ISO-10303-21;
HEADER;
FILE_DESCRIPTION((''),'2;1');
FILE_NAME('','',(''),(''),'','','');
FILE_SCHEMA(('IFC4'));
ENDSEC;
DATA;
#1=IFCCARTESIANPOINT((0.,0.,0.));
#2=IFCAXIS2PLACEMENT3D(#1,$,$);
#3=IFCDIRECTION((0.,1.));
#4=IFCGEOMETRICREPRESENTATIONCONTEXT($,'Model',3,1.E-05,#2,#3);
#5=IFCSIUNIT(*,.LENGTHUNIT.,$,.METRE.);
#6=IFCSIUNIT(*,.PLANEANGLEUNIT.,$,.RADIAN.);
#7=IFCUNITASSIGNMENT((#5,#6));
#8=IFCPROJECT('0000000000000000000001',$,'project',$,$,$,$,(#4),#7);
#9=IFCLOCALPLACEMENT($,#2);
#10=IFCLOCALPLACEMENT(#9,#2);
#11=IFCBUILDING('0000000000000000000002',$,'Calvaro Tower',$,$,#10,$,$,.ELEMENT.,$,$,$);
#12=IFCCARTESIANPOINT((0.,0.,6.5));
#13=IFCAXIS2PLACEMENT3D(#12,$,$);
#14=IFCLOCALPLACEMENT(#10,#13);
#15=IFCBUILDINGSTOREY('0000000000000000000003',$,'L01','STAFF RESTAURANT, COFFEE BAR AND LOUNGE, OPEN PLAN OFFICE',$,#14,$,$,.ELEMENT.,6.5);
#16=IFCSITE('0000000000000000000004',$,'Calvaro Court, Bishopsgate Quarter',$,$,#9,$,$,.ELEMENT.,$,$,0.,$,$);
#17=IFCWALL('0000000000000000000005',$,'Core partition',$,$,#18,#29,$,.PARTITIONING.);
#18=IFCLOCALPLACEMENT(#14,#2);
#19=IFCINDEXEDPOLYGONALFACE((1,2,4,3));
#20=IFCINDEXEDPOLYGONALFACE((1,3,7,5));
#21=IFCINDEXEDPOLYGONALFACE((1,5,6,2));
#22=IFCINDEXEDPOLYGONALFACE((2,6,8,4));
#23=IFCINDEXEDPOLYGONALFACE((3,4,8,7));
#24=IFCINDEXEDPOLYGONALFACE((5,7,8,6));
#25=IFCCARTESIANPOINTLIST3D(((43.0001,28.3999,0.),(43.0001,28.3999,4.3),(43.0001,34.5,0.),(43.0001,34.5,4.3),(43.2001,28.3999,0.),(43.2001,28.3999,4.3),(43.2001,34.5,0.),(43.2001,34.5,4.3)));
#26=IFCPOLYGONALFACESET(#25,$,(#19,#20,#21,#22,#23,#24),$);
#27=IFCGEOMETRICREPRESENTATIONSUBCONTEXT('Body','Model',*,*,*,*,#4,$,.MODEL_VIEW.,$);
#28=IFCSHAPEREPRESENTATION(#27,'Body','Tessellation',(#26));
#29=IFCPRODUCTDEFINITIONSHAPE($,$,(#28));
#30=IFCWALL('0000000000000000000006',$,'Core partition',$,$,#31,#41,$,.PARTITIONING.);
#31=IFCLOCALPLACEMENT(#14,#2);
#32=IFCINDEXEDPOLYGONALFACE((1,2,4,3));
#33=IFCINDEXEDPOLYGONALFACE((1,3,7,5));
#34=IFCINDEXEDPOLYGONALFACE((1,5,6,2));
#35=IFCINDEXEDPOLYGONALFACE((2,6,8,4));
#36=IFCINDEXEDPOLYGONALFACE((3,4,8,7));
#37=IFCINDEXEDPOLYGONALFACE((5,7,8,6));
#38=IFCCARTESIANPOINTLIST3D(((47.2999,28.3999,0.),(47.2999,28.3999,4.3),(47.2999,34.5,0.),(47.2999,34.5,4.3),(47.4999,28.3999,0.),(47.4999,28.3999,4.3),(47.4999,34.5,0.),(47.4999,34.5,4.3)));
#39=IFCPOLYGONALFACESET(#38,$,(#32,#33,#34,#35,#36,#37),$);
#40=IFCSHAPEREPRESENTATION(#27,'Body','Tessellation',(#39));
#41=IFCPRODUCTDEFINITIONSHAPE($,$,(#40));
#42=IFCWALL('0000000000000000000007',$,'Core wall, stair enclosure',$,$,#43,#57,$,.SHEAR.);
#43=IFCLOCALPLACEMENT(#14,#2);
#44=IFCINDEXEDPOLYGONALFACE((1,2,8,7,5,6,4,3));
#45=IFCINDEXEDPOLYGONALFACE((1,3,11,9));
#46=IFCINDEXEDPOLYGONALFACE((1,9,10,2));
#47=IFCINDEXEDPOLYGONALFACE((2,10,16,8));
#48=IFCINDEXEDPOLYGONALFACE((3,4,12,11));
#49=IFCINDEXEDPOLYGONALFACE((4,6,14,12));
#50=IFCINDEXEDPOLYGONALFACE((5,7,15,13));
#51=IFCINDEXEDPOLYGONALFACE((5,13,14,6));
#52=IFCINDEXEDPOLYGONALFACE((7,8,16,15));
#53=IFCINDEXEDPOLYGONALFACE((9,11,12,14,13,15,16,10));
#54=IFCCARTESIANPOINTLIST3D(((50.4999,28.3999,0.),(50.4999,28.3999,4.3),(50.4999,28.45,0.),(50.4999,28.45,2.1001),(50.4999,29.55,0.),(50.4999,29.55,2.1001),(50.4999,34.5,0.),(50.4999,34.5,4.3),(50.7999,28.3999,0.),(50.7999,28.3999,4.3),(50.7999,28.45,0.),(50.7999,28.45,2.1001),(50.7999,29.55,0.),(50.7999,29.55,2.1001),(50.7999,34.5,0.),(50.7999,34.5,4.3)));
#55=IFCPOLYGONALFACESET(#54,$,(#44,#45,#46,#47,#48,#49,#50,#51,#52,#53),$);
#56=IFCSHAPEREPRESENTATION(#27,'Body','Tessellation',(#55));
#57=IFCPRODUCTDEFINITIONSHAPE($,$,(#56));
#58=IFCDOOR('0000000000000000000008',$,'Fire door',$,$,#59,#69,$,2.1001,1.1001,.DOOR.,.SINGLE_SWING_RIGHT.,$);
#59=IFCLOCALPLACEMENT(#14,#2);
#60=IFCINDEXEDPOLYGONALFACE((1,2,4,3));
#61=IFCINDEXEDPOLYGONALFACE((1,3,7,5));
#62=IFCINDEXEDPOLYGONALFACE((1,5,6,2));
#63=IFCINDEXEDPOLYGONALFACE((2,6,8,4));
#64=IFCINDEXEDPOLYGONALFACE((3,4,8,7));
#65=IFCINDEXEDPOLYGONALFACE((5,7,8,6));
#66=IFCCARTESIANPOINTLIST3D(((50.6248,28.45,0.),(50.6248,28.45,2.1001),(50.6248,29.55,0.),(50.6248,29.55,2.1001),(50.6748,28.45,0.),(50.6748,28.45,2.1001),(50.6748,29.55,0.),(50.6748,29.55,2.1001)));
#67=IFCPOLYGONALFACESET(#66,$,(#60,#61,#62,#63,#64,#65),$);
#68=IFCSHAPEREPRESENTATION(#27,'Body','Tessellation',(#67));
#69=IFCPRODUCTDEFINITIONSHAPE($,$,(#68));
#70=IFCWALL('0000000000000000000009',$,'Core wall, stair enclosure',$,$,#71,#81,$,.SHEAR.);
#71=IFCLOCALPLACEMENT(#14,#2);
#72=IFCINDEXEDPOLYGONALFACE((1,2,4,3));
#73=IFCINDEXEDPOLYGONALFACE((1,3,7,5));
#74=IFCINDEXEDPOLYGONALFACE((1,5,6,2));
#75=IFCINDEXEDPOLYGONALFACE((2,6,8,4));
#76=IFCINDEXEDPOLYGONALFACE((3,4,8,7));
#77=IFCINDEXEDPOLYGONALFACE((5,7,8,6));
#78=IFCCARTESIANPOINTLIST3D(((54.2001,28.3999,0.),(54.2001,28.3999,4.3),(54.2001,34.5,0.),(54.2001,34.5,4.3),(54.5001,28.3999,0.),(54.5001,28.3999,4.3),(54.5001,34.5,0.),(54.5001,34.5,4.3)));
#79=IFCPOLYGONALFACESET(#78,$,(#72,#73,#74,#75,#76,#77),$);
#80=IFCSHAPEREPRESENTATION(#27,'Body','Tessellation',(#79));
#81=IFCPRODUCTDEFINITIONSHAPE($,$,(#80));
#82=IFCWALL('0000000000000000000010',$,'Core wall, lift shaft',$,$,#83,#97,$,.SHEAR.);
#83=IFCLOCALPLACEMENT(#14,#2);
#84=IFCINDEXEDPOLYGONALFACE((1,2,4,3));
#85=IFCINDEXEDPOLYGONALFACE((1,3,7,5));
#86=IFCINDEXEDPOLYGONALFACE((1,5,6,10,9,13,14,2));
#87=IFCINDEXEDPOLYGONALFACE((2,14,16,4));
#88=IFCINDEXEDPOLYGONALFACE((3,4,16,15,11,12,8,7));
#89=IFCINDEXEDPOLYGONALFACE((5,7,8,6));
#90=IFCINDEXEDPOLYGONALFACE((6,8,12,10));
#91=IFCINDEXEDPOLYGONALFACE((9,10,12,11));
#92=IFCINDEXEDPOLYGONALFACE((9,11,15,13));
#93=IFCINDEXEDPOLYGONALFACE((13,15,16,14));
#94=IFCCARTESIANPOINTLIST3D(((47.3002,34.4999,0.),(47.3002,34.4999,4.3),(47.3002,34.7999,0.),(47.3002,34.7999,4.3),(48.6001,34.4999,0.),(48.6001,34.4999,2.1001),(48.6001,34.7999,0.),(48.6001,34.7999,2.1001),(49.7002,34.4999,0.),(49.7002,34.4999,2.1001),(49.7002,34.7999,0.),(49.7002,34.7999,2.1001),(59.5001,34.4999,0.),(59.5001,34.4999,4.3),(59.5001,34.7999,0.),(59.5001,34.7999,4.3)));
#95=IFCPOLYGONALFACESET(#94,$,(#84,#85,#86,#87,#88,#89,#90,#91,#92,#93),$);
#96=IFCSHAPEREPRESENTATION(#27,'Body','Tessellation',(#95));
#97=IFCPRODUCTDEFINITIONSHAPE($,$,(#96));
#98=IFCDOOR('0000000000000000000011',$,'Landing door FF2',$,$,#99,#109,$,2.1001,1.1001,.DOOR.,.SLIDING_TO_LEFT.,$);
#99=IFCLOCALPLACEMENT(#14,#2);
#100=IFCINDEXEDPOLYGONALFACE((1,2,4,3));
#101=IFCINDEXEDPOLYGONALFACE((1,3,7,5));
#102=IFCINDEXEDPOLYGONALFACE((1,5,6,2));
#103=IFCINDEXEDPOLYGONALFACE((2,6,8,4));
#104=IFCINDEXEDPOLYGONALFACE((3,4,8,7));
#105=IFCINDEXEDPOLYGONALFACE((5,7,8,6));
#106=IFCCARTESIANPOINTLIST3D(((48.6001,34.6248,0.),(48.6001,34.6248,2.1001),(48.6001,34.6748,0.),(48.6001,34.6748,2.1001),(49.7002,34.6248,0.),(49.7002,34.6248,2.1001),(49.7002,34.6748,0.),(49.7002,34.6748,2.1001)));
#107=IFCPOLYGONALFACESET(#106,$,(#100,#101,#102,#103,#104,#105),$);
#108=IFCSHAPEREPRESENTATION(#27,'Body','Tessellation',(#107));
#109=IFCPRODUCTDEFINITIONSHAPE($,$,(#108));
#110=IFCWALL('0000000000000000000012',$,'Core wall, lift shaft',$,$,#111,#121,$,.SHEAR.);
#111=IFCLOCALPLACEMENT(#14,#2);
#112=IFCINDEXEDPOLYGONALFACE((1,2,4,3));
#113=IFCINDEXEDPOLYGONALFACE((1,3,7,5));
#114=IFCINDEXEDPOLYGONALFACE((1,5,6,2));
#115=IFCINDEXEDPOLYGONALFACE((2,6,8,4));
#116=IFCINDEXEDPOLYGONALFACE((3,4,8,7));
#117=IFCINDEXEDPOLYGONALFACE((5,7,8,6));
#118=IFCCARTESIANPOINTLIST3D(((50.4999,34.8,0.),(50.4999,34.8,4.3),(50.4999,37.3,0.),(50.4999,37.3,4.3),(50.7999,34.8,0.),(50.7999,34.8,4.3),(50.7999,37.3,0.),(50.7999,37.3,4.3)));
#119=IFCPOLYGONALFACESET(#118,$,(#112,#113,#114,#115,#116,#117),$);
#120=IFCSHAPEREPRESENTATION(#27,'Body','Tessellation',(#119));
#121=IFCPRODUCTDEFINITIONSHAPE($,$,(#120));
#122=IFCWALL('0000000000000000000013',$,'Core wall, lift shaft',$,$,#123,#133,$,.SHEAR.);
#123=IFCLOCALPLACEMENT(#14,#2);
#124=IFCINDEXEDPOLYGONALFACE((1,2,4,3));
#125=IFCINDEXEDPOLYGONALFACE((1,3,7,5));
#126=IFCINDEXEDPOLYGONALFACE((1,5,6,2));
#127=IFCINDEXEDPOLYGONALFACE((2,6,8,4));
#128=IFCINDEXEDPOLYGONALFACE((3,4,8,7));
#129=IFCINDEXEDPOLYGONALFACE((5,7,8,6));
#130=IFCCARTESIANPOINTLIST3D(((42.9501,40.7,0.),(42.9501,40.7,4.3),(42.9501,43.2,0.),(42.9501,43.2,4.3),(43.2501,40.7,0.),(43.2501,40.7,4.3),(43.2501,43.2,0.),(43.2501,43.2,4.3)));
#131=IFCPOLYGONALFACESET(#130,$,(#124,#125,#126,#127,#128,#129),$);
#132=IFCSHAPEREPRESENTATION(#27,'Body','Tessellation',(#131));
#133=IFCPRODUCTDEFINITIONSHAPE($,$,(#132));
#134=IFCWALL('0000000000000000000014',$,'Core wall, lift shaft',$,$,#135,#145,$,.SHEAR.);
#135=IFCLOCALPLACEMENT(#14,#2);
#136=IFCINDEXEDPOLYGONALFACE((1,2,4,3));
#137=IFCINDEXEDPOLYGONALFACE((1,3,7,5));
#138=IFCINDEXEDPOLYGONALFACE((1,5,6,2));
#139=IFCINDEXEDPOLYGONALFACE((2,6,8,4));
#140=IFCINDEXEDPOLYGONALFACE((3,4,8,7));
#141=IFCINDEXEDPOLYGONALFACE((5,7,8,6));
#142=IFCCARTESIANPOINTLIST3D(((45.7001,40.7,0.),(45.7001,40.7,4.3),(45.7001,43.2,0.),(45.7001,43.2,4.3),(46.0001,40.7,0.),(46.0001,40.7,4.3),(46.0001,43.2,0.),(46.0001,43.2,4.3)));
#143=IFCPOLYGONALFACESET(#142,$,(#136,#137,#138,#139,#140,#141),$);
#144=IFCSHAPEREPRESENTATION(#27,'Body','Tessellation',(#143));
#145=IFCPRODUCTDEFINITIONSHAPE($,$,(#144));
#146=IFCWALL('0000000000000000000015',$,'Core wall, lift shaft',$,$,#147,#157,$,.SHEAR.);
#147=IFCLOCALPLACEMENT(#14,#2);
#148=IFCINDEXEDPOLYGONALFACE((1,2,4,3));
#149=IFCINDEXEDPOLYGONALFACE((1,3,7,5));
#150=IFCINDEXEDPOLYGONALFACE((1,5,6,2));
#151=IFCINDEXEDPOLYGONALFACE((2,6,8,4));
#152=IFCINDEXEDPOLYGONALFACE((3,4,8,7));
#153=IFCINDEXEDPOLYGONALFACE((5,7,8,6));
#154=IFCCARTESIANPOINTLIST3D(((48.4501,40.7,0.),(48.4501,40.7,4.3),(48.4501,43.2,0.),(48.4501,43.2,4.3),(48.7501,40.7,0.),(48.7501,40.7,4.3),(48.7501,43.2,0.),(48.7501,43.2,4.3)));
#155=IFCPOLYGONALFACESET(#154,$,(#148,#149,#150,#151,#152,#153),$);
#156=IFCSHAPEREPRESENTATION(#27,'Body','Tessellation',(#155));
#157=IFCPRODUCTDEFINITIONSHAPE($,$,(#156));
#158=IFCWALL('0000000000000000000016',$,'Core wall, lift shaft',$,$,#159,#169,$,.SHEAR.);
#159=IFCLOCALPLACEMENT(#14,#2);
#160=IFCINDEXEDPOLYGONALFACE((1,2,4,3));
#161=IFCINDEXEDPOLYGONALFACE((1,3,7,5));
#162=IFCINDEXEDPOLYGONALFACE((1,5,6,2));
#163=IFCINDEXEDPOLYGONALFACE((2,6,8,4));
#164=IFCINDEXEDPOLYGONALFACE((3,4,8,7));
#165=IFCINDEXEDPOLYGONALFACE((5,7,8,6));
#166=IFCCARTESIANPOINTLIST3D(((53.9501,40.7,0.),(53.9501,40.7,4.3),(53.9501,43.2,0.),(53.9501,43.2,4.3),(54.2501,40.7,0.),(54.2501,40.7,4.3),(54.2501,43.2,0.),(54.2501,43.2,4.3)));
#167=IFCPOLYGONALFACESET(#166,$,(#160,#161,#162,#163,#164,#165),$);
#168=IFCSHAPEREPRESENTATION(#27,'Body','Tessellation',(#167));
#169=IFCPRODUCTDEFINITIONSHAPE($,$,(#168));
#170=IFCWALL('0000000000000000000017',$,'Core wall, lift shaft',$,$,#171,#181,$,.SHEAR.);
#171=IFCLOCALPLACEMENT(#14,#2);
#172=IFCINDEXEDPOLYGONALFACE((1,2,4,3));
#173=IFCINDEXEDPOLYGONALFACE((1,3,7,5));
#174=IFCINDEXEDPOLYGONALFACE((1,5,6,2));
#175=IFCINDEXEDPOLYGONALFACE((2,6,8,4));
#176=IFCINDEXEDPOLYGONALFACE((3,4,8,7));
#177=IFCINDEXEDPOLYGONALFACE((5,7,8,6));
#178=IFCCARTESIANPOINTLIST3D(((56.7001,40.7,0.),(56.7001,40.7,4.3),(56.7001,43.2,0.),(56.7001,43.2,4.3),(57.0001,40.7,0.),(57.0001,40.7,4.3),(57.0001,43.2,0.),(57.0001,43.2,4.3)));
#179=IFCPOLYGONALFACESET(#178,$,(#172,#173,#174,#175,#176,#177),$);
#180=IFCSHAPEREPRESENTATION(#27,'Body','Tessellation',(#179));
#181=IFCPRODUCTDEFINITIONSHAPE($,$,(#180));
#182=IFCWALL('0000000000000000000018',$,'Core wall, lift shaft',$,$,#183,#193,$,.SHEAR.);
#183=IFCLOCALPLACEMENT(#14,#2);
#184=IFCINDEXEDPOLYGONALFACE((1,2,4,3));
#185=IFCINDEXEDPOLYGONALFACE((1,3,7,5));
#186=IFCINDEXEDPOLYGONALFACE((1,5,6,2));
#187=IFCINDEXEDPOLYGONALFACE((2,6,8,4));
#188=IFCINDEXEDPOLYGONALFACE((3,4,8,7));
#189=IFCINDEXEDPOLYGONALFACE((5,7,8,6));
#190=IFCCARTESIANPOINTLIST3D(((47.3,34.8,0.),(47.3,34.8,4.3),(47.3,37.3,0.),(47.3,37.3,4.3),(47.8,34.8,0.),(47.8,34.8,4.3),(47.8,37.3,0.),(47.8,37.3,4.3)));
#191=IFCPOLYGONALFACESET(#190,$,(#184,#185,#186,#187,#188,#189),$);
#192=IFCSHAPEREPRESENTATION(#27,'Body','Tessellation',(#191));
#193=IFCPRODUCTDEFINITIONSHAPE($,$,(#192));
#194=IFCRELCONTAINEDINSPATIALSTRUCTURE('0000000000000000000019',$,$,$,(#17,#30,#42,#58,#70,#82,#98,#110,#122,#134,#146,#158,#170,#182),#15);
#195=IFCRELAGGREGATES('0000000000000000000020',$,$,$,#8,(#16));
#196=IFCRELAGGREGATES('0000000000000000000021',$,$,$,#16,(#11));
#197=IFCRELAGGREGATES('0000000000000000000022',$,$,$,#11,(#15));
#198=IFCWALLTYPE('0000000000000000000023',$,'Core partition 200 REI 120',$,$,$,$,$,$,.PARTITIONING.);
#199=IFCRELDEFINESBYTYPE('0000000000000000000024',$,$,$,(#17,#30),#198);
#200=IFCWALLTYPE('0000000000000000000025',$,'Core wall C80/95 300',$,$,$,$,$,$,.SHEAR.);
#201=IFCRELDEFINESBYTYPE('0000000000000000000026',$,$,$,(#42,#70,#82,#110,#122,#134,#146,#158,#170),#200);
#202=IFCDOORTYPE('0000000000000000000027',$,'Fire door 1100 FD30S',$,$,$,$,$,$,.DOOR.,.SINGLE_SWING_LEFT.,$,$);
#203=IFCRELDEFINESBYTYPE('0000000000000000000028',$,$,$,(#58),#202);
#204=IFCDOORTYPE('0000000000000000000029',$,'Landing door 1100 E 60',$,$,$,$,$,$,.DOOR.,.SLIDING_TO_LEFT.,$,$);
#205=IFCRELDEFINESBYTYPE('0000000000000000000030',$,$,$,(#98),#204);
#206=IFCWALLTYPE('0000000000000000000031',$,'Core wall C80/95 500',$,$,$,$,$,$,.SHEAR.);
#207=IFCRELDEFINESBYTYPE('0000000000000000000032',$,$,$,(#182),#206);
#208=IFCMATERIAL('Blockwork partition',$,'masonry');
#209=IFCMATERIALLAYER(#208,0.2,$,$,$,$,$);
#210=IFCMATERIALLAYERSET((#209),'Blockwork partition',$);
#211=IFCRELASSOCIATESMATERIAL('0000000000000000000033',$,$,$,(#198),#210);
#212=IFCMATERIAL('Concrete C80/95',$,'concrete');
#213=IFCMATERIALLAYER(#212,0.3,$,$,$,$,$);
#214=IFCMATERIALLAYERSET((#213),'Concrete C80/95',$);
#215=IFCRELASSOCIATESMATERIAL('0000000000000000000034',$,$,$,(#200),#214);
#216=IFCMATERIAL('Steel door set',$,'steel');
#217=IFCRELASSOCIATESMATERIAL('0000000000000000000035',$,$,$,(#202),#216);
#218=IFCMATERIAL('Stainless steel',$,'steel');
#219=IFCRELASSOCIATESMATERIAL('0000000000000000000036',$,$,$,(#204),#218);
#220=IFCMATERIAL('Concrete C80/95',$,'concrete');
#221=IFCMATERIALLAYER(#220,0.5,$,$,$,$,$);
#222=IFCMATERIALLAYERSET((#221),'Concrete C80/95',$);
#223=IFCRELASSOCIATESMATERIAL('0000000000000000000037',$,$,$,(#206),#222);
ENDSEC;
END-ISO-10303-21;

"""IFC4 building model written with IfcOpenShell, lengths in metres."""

from ifc_helpers import new_model, si_unit, direction, frame, frame_2d, origin, place, context, subcontext, project, spatial, rectangle, extrude, material, layer, layer_set, type_object, element, fill, save


model = new_model("IFC4")

# Units and contexts
model_context = context("Model", 3, precision=1e-05, world=origin(), true_north=direction((0.0, 1.0)))
body_context = subcontext(model_context, "Body", "Model", "MODEL_VIEW")
ifc_project = project(units=[si_unit("LENGTHUNIT", "METRE"), si_unit("PLANEANGLEUNIT", "RADIAN")], contexts=[model_context])

# Site, building, storey
site_placement = place(None, origin())
site = spatial("IfcSite", under=ifc_project, at=site_placement, Name="Calvaro Court, Bishopsgate Quarter", CompositionType="ELEMENT", RefElevation=0.0)
building_placement = place(site_placement, origin())
building = spatial("IfcBuilding", under=site, at=building_placement, Name="Calvaro Tower", CompositionType="ELEMENT")
storey_placement = place(building_placement, frame((0.0, 0.0, 6.5)))
storey = spatial("IfcBuildingStorey", under=building, at=storey_placement, Name="L01", Description="STAFF RESTAURANT, COFFEE BAR AND LOUNGE, OPEN PLAN OFFICE", CompositionType="ELEMENT", Elevation=6.5)

# Walls
ifc_material_1 = material(Name="Blockwork partition", Category="masonry")
ifc_layer_1 = layer(ifc_material_1, 0.2)
ifc_layer_set_1 = layer_set([ifc_layer_1], Name="Blockwork partition")
wall_type_1 = type_object("IfcWallType", Name="Core partition 200 REI 120", PredefinedType="PARTITIONING", material=ifc_layer_set_1)
for number, where, z_axis, x_axis, name in (
    (1, (43.1001, 28.3999, 0.0), (0.0, 0.0, 1.0), (0.0, 1.0, 0.0), "Core partition"),
    (2, (47.3999, 28.3999, 0.0), (0.0, 0.0, 1.0), (0.0, 1.0, 0.0), "Core partition"),
):
    element("IfcWall", number, at=place(storey_placement, frame(where, z_axis=z_axis, x_axis=x_axis)), inside=storey, type_object=wall_type_1, Name=name, PredefinedType="PARTITIONING", context=body_context, shape_type="SweptSolid", body=[
        extrude(rectangle(XDim=6.1001, YDim=0.2, at=frame_2d((3.05, 0.0))), origin(), (0.0, 0.0, 1.0), 4.3),
    ])

# Wall, opening, door
ifc_material_2 = material(Name="Concrete C80/95", Category="concrete")
ifc_layer_2 = layer(ifc_material_2, 0.3)
ifc_layer_set_2 = layer_set([ifc_layer_2], Name="Concrete C80/95")
wall_type_2 = type_object("IfcWallType", Name="Core wall C80/95 300", PredefinedType="SHEAR", material=ifc_layer_set_2)
wall_1_placement = place(storey_placement, frame((50.6499, 34.5, 0.0), z_axis=(0.0, 0.0, 1.0), x_axis=(0.0, -1.0, 0.0)))
wall_1 = element("IfcWall", 3, at=wall_1_placement, inside=storey, type_object=wall_type_2, Name="Core wall, stair enclosure", PredefinedType="SHEAR", context=body_context, shape_type="SweptSolid", body=[
    extrude(rectangle(XDim=6.1001, YDim=0.3, at=frame_2d((3.05, 0.0))), origin(), (0.0, 0.0, 1.0), 4.3),
])
opening_1_placement = place(wall_1_placement, frame((4.95, 0.0, 0.0)))
opening_1 = element("IfcOpeningElement", 4, at=opening_1_placement, cuts=wall_1, PredefinedType="OPENING", context=body_context, shape_type="SweptSolid", body=[
    extrude(rectangle(XDim=1.1001, YDim=2.1001, at=frame_2d((0.55, 1.05))), frame((0.0, 0.1599, 0.0), z_axis=(0.0, -1.0, 0.0), x_axis=(1.0, 0.0, 0.0)), (0.0, 0.0, 1.0), 0.3201),
])
ifc_material_3 = material(Name="Steel door set", Category="steel")
door_type_1 = type_object("IfcDoorType", Name="Fire door 1100 FD30S", OperationType="SINGLE_SWING_LEFT", PredefinedType="DOOR", material=ifc_material_3)
door_1_placement = place(opening_1_placement, origin())
door_1 = element("IfcDoor", 5, at=door_1_placement, inside=storey, type_object=door_type_1, Name="Fire door", OperationType="SINGLE_SWING_RIGHT", OverallHeight=2.1001, OverallWidth=1.1001, PredefinedType="DOOR", context=body_context, shape_type="SweptSolid", body=[
    extrude(rectangle(XDim=1.1001, YDim=2.1001, at=frame_2d((0.55, 1.05))), frame((0.0, 0.0249, 0.0), z_axis=(0.0, -1.0, 0.0), x_axis=(1.0, 0.0, 0.0)), (0.0, 0.0, 1.0), 0.05),
])
fill(opening_1, door_1)

# Wall
wall_2_placement = place(storey_placement, frame((54.3501, 28.3999, 0.0), z_axis=(0.0, 0.0, 1.0), x_axis=(0.0, 1.0, 0.0)))
element("IfcWall", 6, at=wall_2_placement, inside=storey, type_object=wall_type_2, Name="Core wall, stair enclosure", PredefinedType="SHEAR", context=body_context, shape_type="SweptSolid", body=[
    extrude(rectangle(XDim=6.1001, YDim=0.3, at=frame_2d((3.05, 0.0))), origin(), (0.0, 0.0, 1.0), 4.3),
])

# Wall, opening, door
wall_3_placement = place(storey_placement, frame((47.3, 34.6499, 0.0), z_axis=(0.0, 0.0, 1.0), x_axis=(1.0, 0.0, 0.0)))
wall_3 = element("IfcWall", 7, at=wall_3_placement, inside=storey, type_object=wall_type_2, Name="Core wall, lift shaft", PredefinedType="SHEAR", context=body_context, shape_type="SweptSolid", body=[
    extrude(rectangle(XDim=12.2, YDim=0.3, at=frame_2d((6.1001, 0.0))), origin(), (0.0, 0.0, 1.0), 4.3),
])
opening_2_placement = place(wall_3_placement, frame((1.3, 0.0, 0.0)))
opening_2 = element("IfcOpeningElement", 8, at=opening_2_placement, cuts=wall_3, PredefinedType="OPENING", context=body_context, shape_type="SweptSolid", body=[
    extrude(rectangle(XDim=1.1001, YDim=2.1001, at=frame_2d((0.55, 1.05))), frame((0.0, 0.1599, 0.0), z_axis=(0.0, -1.0, 0.0), x_axis=(1.0, 0.0, 0.0)), (0.0, 0.0, 1.0), 0.3201),
])
ifc_material_4 = material(Name="Stainless steel", Category="steel")
door_type_2 = type_object("IfcDoorType", Name="Landing door 1100 E 60", OperationType="SLIDING_TO_LEFT", PredefinedType="DOOR", material=ifc_material_4)
door_2_placement = place(opening_2_placement, origin())
door_2 = element("IfcDoor", 9, at=door_2_placement, inside=storey, type_object=door_type_2, Name="Landing door FF2", OperationType="SLIDING_TO_LEFT", OverallHeight=2.1001, OverallWidth=1.1001, PredefinedType="DOOR", context=body_context, shape_type="SweptSolid", body=[
    extrude(rectangle(XDim=1.1001, YDim=2.1001, at=frame_2d((0.55, 1.05))), frame((0.0, 0.0249, 0.0), z_axis=(0.0, -1.0, 0.0), x_axis=(1.0, 0.0, 0.0)), (0.0, 0.0, 1.0), 0.05),
])
fill(opening_2, door_2)

# Walls
for number, where, z_axis, x_axis, name in (
    (10, (50.6499, 34.8, 0.0), (0.0, 0.0, 1.0), (0.0, 1.0, 0.0), "Core wall, lift shaft"),
    (11, (43.1001, 40.7, 0.0), (0.0, 0.0, 1.0), (0.0, 1.0, 0.0), "Core wall, lift shaft"),
    (12, (45.8501, 40.7, 0.0), (0.0, 0.0, 1.0), (0.0, 1.0, 0.0), "Core wall, lift shaft"),
    (13, (48.6001, 40.7, 0.0), (0.0, 0.0, 1.0), (0.0, 1.0, 0.0), "Core wall, lift shaft"),
    (14, (54.1001, 40.7, 0.0), (0.0, 0.0, 1.0), (0.0, 1.0, 0.0), "Core wall, lift shaft"),
    (15, (56.8501, 40.7, 0.0), (0.0, 0.0, 1.0), (0.0, 1.0, 0.0), "Core wall, lift shaft"),
):
    element("IfcWall", number, at=place(storey_placement, frame(where, z_axis=z_axis, x_axis=x_axis)), inside=storey, type_object=wall_type_2, Name=name, PredefinedType="SHEAR", context=body_context, shape_type="SweptSolid", body=[
        extrude(rectangle(XDim=2.5, YDim=0.3, at=frame_2d((1.25, 0.0))), origin(), (0.0, 0.0, 1.0), 4.3),
    ])
ifc_material_5 = material(Name="Concrete C80/95", Category="concrete")
ifc_layer_3 = layer(ifc_material_5, 0.5)
ifc_layer_set_3 = layer_set([ifc_layer_3], Name="Concrete C80/95")
wall_type_3 = type_object("IfcWallType", Name="Core wall C80/95 500", PredefinedType="SHEAR", material=ifc_layer_set_3)
wall_4_placement = place(storey_placement, frame((47.55, 34.8, 0.0), z_axis=(0.0, 0.0, 1.0), x_axis=(0.0, 1.0, 0.0)))
element("IfcWall", 16, at=wall_4_placement, inside=storey, type_object=wall_type_3, Name="Core wall, lift shaft", PredefinedType="SHEAR", context=body_context, shape_type="SweptSolid", body=[
    extrude(rectangle(XDim=2.5, YDim=0.5, at=frame_2d((1.25, 0.0))), origin(), (0.0, 0.0, 1.0), 4.3),
])

save(model, "model.ifc")
